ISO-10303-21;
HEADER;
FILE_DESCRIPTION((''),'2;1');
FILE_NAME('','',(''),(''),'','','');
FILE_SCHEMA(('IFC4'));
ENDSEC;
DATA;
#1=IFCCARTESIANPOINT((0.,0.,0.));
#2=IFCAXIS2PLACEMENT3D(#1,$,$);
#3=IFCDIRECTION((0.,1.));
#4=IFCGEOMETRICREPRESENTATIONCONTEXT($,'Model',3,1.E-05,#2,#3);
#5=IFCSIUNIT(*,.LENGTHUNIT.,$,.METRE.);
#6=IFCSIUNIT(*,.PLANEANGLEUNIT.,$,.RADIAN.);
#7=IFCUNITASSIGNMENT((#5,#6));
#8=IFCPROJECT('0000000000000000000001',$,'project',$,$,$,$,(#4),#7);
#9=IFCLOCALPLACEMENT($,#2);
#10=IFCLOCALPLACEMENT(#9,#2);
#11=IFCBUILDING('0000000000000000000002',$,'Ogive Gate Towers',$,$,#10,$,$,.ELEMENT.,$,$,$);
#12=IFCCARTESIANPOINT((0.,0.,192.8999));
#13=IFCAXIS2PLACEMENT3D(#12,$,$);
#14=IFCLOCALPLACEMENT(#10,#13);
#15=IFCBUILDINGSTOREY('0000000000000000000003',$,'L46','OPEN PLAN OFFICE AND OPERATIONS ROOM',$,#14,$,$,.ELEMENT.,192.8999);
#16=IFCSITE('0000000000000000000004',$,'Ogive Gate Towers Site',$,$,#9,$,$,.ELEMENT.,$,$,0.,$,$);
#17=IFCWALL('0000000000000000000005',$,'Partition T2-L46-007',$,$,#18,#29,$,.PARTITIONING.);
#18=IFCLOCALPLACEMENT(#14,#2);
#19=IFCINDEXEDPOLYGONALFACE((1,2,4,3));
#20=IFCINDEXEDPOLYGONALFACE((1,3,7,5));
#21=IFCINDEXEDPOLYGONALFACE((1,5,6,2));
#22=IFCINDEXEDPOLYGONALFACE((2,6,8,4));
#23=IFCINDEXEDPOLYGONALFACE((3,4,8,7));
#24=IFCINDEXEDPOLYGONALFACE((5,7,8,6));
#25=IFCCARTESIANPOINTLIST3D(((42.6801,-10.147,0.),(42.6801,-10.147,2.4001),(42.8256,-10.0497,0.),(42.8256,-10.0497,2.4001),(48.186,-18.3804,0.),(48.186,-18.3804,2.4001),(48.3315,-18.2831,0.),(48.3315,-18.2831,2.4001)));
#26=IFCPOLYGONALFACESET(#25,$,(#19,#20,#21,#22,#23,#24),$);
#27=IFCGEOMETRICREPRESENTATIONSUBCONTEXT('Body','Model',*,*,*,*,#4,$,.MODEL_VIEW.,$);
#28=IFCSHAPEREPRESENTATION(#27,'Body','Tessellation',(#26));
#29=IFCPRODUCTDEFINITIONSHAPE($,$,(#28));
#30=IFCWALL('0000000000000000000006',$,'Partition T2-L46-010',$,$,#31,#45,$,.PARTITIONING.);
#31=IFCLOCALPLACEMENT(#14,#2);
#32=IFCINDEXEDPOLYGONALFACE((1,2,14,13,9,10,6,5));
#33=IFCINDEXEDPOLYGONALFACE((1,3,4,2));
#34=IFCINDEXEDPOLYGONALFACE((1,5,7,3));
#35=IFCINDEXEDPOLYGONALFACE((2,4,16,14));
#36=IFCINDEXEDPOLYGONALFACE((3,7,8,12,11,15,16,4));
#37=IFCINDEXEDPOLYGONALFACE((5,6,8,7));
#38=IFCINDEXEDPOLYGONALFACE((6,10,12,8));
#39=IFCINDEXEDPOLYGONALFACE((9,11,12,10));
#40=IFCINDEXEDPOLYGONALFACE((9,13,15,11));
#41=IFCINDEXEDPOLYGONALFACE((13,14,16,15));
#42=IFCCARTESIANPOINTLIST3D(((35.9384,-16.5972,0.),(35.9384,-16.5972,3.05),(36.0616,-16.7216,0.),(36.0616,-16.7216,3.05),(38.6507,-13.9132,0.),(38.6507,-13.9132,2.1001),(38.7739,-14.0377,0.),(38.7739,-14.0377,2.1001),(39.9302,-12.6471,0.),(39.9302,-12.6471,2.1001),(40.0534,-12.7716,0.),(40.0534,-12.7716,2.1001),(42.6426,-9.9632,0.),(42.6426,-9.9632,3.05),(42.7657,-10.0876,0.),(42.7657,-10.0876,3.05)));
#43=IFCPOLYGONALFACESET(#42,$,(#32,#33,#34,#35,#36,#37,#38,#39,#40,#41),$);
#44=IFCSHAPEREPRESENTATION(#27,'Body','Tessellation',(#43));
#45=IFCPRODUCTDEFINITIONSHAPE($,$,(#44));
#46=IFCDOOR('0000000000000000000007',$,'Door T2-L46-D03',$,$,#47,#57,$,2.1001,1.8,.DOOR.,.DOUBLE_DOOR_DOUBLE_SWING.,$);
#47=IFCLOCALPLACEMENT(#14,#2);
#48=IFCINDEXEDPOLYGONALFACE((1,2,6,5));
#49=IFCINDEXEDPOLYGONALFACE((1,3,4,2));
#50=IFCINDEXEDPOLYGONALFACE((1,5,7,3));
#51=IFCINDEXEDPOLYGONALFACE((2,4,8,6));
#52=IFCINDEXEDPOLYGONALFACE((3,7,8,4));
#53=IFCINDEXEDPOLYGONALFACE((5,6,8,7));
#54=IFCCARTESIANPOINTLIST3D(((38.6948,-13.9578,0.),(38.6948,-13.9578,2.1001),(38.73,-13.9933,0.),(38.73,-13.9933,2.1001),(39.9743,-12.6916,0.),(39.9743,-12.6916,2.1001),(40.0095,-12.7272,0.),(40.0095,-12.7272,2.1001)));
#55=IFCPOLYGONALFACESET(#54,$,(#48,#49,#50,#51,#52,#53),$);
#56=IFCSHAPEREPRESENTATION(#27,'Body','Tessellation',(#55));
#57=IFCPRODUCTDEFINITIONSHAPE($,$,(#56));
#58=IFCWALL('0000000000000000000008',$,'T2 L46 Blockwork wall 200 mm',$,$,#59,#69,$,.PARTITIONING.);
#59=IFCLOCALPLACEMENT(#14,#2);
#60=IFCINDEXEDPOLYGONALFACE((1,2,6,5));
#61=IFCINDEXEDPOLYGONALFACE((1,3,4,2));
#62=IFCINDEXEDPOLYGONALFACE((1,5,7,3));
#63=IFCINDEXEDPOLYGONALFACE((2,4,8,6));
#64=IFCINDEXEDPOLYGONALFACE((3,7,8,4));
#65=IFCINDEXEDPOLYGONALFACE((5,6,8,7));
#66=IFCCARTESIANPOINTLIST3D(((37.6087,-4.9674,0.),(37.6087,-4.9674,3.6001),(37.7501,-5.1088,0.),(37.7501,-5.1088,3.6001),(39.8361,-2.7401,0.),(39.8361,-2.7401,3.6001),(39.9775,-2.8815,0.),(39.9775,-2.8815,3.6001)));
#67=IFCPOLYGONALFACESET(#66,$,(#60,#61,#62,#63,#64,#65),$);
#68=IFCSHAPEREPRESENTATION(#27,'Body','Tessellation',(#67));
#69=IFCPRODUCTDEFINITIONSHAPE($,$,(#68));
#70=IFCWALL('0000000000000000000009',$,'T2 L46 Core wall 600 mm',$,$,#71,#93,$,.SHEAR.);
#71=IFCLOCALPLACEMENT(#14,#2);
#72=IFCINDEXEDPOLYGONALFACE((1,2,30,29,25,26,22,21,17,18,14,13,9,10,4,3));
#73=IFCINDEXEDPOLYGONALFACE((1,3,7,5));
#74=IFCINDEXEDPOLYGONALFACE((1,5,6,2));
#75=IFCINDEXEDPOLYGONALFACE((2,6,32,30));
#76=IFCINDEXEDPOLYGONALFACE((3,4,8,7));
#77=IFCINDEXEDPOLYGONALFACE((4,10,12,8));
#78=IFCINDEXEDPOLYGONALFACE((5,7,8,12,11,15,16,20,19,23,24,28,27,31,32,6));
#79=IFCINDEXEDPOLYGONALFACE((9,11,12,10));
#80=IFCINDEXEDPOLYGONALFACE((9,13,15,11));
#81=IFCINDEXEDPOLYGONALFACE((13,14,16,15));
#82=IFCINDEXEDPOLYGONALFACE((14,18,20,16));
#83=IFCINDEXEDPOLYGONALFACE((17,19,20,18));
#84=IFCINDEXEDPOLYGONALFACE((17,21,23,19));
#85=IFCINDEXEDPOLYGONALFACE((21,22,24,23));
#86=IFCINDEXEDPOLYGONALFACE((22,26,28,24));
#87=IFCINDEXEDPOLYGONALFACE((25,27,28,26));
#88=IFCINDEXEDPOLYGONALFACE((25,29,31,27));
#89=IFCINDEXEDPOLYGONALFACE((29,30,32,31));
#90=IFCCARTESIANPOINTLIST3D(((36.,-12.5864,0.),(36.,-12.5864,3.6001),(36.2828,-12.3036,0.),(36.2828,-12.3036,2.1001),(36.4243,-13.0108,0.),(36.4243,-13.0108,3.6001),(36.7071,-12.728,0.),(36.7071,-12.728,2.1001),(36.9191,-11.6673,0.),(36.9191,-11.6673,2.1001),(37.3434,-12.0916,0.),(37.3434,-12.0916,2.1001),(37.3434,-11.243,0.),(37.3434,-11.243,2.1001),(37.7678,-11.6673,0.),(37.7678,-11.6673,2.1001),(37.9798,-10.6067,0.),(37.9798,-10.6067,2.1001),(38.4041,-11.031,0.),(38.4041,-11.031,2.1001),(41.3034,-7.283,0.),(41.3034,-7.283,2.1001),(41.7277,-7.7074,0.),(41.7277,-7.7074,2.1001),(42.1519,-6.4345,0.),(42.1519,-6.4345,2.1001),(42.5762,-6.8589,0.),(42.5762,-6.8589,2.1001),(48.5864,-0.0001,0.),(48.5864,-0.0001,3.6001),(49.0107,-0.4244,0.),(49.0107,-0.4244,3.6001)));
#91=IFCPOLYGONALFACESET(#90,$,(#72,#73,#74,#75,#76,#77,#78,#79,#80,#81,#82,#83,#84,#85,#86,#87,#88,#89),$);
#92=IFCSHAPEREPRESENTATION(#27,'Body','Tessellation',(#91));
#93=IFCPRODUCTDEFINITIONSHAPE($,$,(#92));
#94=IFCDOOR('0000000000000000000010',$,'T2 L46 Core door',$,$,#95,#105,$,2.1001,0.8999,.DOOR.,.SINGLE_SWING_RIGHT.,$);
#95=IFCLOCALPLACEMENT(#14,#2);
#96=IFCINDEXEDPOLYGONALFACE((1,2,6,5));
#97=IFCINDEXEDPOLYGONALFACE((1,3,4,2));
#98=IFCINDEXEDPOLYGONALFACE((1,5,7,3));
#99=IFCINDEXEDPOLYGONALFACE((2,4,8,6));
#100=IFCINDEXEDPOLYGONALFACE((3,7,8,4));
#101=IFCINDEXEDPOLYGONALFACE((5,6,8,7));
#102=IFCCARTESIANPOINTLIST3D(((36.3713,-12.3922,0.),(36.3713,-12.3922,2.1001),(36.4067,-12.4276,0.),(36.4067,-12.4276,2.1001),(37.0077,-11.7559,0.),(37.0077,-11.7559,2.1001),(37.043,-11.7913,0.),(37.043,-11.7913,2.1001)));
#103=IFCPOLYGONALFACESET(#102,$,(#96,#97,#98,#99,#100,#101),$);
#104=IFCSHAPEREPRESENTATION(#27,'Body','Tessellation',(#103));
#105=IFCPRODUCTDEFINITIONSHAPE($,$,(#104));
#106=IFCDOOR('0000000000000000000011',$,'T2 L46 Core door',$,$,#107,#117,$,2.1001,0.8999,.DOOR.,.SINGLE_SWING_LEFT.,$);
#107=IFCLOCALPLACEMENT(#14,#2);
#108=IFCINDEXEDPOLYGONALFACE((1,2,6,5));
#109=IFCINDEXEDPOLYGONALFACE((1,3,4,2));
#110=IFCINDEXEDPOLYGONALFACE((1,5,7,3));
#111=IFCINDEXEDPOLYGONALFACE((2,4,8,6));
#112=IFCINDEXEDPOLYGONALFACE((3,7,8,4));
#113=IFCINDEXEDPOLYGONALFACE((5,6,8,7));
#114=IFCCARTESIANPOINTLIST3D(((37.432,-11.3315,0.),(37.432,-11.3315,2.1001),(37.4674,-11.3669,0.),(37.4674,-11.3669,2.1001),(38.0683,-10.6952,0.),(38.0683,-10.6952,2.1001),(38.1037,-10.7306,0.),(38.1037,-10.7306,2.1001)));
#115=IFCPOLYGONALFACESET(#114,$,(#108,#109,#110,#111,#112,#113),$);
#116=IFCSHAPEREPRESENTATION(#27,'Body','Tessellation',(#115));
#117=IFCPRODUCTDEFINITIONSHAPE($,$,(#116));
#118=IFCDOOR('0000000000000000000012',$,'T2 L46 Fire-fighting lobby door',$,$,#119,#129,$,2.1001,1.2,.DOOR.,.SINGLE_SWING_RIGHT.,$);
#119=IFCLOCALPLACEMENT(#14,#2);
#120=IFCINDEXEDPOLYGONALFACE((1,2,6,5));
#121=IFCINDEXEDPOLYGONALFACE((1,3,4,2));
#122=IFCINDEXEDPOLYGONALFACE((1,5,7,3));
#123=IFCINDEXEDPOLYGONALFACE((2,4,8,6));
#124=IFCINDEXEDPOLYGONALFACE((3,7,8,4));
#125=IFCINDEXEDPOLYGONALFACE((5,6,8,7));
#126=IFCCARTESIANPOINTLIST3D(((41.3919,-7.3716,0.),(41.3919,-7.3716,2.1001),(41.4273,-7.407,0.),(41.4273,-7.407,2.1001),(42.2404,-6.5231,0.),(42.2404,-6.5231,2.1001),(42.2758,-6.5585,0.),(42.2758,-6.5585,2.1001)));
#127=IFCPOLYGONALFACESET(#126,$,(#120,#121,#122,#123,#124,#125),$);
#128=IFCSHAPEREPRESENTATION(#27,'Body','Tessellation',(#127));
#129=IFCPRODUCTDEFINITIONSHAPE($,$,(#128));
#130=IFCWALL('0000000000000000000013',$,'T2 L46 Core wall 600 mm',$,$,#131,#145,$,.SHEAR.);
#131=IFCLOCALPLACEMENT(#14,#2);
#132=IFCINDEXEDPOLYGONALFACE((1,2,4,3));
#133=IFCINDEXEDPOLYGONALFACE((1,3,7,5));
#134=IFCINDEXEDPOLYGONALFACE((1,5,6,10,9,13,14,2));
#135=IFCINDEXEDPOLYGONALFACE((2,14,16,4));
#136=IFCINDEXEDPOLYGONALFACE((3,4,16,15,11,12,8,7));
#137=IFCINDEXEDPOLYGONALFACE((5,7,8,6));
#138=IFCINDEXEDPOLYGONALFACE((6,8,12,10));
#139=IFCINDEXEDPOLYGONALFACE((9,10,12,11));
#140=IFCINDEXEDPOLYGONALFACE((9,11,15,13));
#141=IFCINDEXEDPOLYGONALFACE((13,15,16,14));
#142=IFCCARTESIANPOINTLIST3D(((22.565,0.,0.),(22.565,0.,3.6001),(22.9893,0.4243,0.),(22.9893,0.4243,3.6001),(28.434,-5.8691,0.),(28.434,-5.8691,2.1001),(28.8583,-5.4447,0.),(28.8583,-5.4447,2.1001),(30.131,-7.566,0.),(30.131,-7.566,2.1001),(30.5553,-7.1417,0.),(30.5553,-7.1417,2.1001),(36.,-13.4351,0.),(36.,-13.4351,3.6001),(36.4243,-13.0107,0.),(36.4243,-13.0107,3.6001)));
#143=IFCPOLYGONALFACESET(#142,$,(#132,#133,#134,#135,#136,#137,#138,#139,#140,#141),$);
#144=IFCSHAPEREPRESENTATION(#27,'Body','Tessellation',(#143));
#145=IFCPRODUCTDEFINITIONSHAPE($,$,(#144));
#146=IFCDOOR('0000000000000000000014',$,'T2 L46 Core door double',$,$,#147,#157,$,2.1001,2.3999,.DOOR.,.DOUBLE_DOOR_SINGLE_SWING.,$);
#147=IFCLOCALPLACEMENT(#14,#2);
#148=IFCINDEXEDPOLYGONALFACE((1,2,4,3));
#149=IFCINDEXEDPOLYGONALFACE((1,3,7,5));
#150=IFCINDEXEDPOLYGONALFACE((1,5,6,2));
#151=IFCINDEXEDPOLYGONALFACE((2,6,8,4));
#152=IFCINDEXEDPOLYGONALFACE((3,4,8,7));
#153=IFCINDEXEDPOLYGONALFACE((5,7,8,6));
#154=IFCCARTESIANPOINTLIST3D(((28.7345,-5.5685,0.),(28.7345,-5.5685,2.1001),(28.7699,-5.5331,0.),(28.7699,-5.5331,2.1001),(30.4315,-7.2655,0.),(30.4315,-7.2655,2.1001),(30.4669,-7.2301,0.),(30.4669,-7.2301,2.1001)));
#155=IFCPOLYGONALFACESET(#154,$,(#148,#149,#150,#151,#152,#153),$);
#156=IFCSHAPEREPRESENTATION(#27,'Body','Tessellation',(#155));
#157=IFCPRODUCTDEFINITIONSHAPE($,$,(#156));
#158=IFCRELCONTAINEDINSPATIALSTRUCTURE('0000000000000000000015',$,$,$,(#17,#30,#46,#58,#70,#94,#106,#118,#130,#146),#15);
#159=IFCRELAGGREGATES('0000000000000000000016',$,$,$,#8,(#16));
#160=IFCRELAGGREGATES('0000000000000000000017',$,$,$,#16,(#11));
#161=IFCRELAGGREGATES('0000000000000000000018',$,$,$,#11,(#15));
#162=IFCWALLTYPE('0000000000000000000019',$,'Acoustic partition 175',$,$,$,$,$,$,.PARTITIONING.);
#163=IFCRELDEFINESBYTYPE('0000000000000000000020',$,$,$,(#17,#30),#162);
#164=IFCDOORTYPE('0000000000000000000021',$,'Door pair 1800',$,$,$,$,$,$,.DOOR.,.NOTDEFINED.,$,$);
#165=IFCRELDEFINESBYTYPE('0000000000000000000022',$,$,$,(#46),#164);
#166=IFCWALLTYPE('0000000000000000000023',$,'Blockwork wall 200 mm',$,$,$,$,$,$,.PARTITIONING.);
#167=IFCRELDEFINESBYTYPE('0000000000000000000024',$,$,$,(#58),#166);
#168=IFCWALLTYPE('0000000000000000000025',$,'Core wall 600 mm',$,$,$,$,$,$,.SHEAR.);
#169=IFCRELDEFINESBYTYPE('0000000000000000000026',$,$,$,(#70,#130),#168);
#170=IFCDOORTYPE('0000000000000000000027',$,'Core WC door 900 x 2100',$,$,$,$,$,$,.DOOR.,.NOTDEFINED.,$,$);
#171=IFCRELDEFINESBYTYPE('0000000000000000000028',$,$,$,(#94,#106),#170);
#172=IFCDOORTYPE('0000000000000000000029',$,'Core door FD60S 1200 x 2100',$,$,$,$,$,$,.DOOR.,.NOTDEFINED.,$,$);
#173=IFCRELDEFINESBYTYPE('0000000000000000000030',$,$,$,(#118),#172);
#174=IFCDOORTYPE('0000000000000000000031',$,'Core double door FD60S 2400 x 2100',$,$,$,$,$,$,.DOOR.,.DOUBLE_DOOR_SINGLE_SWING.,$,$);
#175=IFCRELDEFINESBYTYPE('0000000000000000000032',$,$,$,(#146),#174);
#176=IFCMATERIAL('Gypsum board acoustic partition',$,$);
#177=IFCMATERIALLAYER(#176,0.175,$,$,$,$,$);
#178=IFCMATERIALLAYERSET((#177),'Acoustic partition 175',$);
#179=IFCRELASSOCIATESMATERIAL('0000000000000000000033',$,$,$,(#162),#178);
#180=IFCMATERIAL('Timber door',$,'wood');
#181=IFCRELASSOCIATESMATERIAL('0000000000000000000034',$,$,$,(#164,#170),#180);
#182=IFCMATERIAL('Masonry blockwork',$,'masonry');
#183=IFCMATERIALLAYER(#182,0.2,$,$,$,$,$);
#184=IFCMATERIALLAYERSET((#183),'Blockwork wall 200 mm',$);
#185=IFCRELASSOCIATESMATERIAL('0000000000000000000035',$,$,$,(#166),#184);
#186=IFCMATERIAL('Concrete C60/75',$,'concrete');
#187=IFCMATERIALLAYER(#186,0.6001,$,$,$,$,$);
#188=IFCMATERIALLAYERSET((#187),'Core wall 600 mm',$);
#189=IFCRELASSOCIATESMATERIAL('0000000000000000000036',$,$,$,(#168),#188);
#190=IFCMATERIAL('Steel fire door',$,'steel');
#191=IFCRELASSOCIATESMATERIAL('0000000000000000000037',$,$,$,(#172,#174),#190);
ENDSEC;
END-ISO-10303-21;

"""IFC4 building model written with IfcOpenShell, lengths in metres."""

from ifc_helpers import new_model, si_unit, direction, frame, frame_2d, origin, place, context, subcontext, project, spatial, rectangle, extrude, material, layer, layer_set, type_object, element, fill, save


model = new_model("IFC4")

# Units and contexts
model_context = context("Model", 3, precision=1e-05, world=origin(), true_north=direction((0.0, 1.0)))
body_context = subcontext(model_context, "Body", "Model", "MODEL_VIEW")
ifc_project = project(units=[si_unit("LENGTHUNIT", "METRE"), si_unit("PLANEANGLEUNIT", "RADIAN")], contexts=[model_context])

# Site, building, storey
site_placement = place(None, origin())
site = spatial("IfcSite", under=ifc_project, at=site_placement, Name="Ogive Gate Towers Site", CompositionType="ELEMENT", RefElevation=0.0)
building_placement = place(site_placement, origin())
building = spatial("IfcBuilding", under=site, at=building_placement, Name="Ogive Gate Towers", CompositionType="ELEMENT")
storey_placement = place(building_placement, frame((0.0, 0.0, 192.8999)))
storey = spatial("IfcBuildingStorey", under=building, at=storey_placement, Name="L46", Description="OPEN PLAN OFFICE AND OPERATIONS ROOM", CompositionType="ELEMENT", Elevation=192.8999)

# Wall
ifc_material_1 = material(Name="Gypsum board acoustic partition")
ifc_layer_1 = layer(ifc_material_1, 0.175)
ifc_layer_set_1 = layer_set([ifc_layer_1], Name="Acoustic partition 175")
wall_type_1 = type_object("IfcWallType", Name="Acoustic partition 175", PredefinedType="PARTITIONING", material=ifc_layer_set_1)
wall_1_placement = place(storey_placement, frame((48.2588, -18.3318, 0.0), z_axis=(0.0, 0.0, 1.0), x_axis=(-0.555883, 0.831261, 0.0)))
element("IfcWall", 1, at=wall_1_placement, inside=storey, type_object=wall_type_1, Name="Partition T2-L46-007", PredefinedType="PARTITIONING", context=body_context, shape_type="SweptSolid", body=[
    extrude(rectangle(XDim=9.9048, YDim=0.175, at=frame_2d((4.9524, 0.0))), origin(), (0.0, 0.0, 1.0), 2.4001),
])

# Wall, opening, door
wall_2_placement = place(storey_placement, frame((36.0, -16.6594, 0.0), z_axis=(0.0, 0.0, 1.0), x_axis=(0.710812, 0.703382, 0.0)))
wall_2 = element("IfcWall", 2, at=wall_2_placement, inside=storey, type_object=wall_type_1, Name="Partition T2-L46-010", PredefinedType="PARTITIONING", context=body_context, shape_type="SweptSolid", body=[
    extrude(rectangle(XDim=9.4316, YDim=0.175, at=frame_2d((4.7158, 0.0))), origin(), (0.0, 0.0, 1.0), 3.05),
])
opening_1_placement = place(wall_2_placement, frame((3.8159, 0.0, 0.0)))
opening_1 = element("IfcOpeningElement", 3, at=opening_1_placement, cuts=wall_2, PredefinedType="OPENING", context=body_context, shape_type="SweptSolid", body=[
    extrude(rectangle(XDim=1.8, YDim=2.1001, at=frame_2d((0.8999, 1.05))), frame((0.0, 0.0977, 0.0), z_axis=(0.0, -1.0, 0.0), x_axis=(1.0, 0.0, 0.0)), (0.0, 0.0, 1.0), 0.1951),
])
ifc_material_2 = material(Name="Timber door", Category="wood")
door_type_1 = type_object("IfcDoorType", Name="Door pair 1800", OperationType="NOTDEFINED", PredefinedType="DOOR", material=ifc_material_2)
door_1_placement = place(opening_1_placement, origin())
door_1 = element("IfcDoor", 4, at=door_1_placement, inside=storey, type_object=door_type_1, Name="Door T2-L46-D03", OperationType="DOUBLE_DOOR_DOUBLE_SWING", OverallHeight=2.1001, OverallWidth=1.8, PredefinedType="DOOR", context=body_context, shape_type="SweptSolid", body=[
    extrude(rectangle(XDim=1.8, YDim=2.1001, at=frame_2d((0.8999, 1.05))), frame((0.0, 0.0249, 0.0), z_axis=(0.0, -1.0, 0.0), x_axis=(1.0, 0.0, 0.0)), (0.0, 0.0, 1.0), 0.05),
])
fill(opening_1, door_1)

# Wall
ifc_material_3 = material(Name="Masonry blockwork", Category="masonry")
ifc_layer_2 = layer(ifc_material_3, 0.2)
ifc_layer_set_2 = layer_set([ifc_layer_2], Name="Blockwork wall 200 mm")
wall_type_2 = type_object("IfcWallType", Name="Blockwork wall 200 mm", PredefinedType="PARTITIONING", material=ifc_layer_set_2)
wall_3_placement = place(storey_placement, frame((37.6794, -5.0381, 0.0), z_axis=(0.0, 0.0, 1.0), x_axis=(0.707107, 0.707107, 0.0)))
element("IfcWall", 5, at=wall_3_placement, inside=storey, type_object=wall_type_2, Name="T2 L46 Blockwork wall 200 mm", PredefinedType="PARTITIONING", context=body_context, shape_type="SweptSolid", body=[
    extrude(rectangle(XDim=3.1499, YDim=0.2, at=frame_2d((1.575, 0.0))), origin(), (0.0, 0.0, 1.0), 3.6001),
])

# Wall, openings, doors
ifc_material_4 = material(Name="Concrete C60/75", Category="concrete")
ifc_layer_3 = layer(ifc_material_4, 0.6001)
ifc_layer_set_3 = layer_set([ifc_layer_3], Name="Core wall 600 mm")
wall_type_3 = type_object("IfcWallType", Name="Core wall 600 mm", PredefinedType="SHEAR", material=ifc_layer_set_3)
wall_4_placement = place(storey_placement, frame((36.2122, -12.7986, 0.0), z_axis=(0.0, 0.0, 1.0), x_axis=(0.707107, 0.707107, 0.0)))
wall_4 = element("IfcWall", 6, at=wall_4_placement, inside=storey, type_object=wall_type_3, Name="T2 L46 Core wall 600 mm", PredefinedType="SHEAR", context=body_context, shape_type="SweptSolid", body=[
    extrude(rectangle(XDim=17.7998, YDim=0.6001, at=frame_2d((8.8999, 0.0))), origin(), (0.0, 0.0, 1.0), 3.6001),
])
opening_2_placement = place(wall_4_placement, frame((7.5, 0.0, 0.0)))
opening_2 = element("IfcOpeningElement", 7, at=opening_2_placement, cuts=wall_4, PredefinedType="OPENING", context=body_context, shape_type="SweptSolid", body=[
    extrude(rectangle(XDim=1.2, YDim=2.1001, at=frame_2d((0.6001, 1.05))), frame((0.0, 0.3101, 0.0), z_axis=(0.0, -1.0, 0.0), x_axis=(1.0, 0.0, 0.0)), (0.0, 0.0, 1.0), 0.6201),
])
opening_3_placement = place(wall_4_placement, frame((0.3999, 0.0, 0.0)))
opening_3 = element("IfcOpeningElement", 8, at=opening_3_placement, cuts=wall_4, PredefinedType="OPENING", context=body_context, shape_type="SweptSolid", body=[
    extrude(rectangle(XDim=0.8999, YDim=2.1001, at=frame_2d((0.45, 1.05))), frame((0.0, 0.3101, 0.0), z_axis=(0.0, -1.0, 0.0), x_axis=(1.0, 0.0, 0.0)), (0.0, 0.0, 1.0), 0.6201),
])
opening_4_placement = place(wall_4_placement, frame((1.8999, 0.0, 0.0)))
opening_4 = element("IfcOpeningElement", 9, at=opening_4_placement, cuts=wall_4, PredefinedType="OPENING", context=body_context, shape_type="SweptSolid", body=[
    extrude(rectangle(XDim=0.8999, YDim=2.1001, at=frame_2d((0.45, 1.05))), frame((0.0, 0.3101, 0.0), z_axis=(0.0, -1.0, 0.0), x_axis=(1.0, 0.0, 0.0)), (0.0, 0.0, 1.0), 0.6201),
])
door_type_2 = type_object("IfcDoorType", Name="Core WC door 900 x 2100", OperationType="NOTDEFINED", PredefinedType="DOOR", material=ifc_material_2)
door_2_placement = place(opening_3_placement, origin())
door_2 = element("IfcDoor", 10, at=door_2_placement, inside=storey, type_object=door_type_2, Name="T2 L46 Core door", OperationType="SINGLE_SWING_RIGHT", OverallHeight=2.1001, OverallWidth=0.8999, PredefinedType="DOOR", context=body_context, shape_type="SweptSolid", body=[
    extrude(rectangle(XDim=0.8999, YDim=2.1001, at=frame_2d((0.45, 1.05))), frame((0.0, 0.1748, 0.0), z_axis=(0.0, -1.0, 0.0), x_axis=(1.0, 0.0, 0.0)), (0.0, 0.0, 1.0), 0.05),
])
fill(opening_3, door_2)
door_3_placement = place(opening_4_placement, origin())
door_3 = element("IfcDoor", 11, at=door_3_placement, inside=storey, type_object=door_type_2, Name="T2 L46 Core door", OperationType="SINGLE_SWING_LEFT", OverallHeight=2.1001, OverallWidth=0.8999, PredefinedType="DOOR", context=body_context, shape_type="SweptSolid", body=[
    extrude(rectangle(XDim=0.8999, YDim=2.1001, at=frame_2d((0.45, 1.05))), frame((0.0, 0.1748, 0.0), z_axis=(0.0, -1.0, 0.0), x_axis=(1.0, 0.0, 0.0)), (0.0, 0.0, 1.0), 0.05),
])
fill(opening_4, door_3)
ifc_material_5 = material(Name="Steel fire door", Category="steel")
door_type_3 = type_object("IfcDoorType", Name="Core door FD60S 1200 x 2100", OperationType="NOTDEFINED", PredefinedType="DOOR", material=ifc_material_5)
door_4_placement = place(opening_2_placement, origin())
door_4 = element("IfcDoor", 12, at=door_4_placement, inside=storey, type_object=door_type_3, Name="T2 L46 Fire-fighting lobby door", OperationType="SINGLE_SWING_RIGHT", OverallHeight=2.1001, OverallWidth=1.2, PredefinedType="DOOR", context=body_context, shape_type="SweptSolid", body=[
    extrude(rectangle(XDim=1.2, YDim=2.1001, at=frame_2d((0.6001, 1.05))), frame((0.0, 0.1748, 0.0), z_axis=(0.0, -1.0, 0.0), x_axis=(1.0, 0.0, 0.0)), (0.0, 0.0, 1.0), 0.05),
])
fill(opening_2, door_4)

# Wall, opening, door
wall_5_placement = place(storey_placement, frame((36.2122, -13.2229, 0.0), z_axis=(0.0, 0.0, 1.0), x_axis=(-0.707107, 0.707107, 0.0)))
wall_5 = element("IfcWall", 13, at=wall_5_placement, inside=storey, type_object=wall_type_3, Name="T2 L46 Core wall 600 mm", PredefinedType="SHEAR", context=body_context, shape_type="SweptSolid", body=[
    extrude(rectangle(XDim=19.0, YDim=0.6001, at=frame_2d((9.5, 0.0))), origin(), (0.0, 0.0, 1.0), 3.6001),
])
opening_5_placement = place(wall_5_placement, frame((8.3, 0.0, 0.0)))
opening_5 = element("IfcOpeningElement", 14, at=opening_5_placement, cuts=wall_5, PredefinedType="OPENING", context=body_context, shape_type="SweptSolid", body=[
    extrude(rectangle(XDim=2.3999, YDim=2.1001, at=frame_2d((1.2, 1.05))), frame((0.0, 0.3101, 0.0), z_axis=(0.0, -1.0, 0.0), x_axis=(1.0, 0.0, 0.0)), (0.0, 0.0, 1.0), 0.6201),
])
door_type_4 = type_object("IfcDoorType", Name="Core double door FD60S 2400 x 2100", OperationType="DOUBLE_DOOR_SINGLE_SWING", PredefinedType="DOOR", material=ifc_material_5)
door_5_placement = place(opening_5_placement, origin())
door_5 = element("IfcDoor", 15, at=door_5_placement, inside=storey, type_object=door_type_4, Name="T2 L46 Core door double", OperationType="DOUBLE_DOOR_SINGLE_SWING", OverallHeight=2.1001, OverallWidth=2.3999, PredefinedType="DOOR", context=body_context, shape_type="SweptSolid", body=[
    extrude(rectangle(XDim=2.3999, YDim=2.1001, at=frame_2d((1.2, 1.05))), frame((0.0, -0.125, 0.0), z_axis=(0.0, -1.0, 0.0), x_axis=(1.0, 0.0, 0.0)), (0.0, 0.0, 1.0), 0.05),
])
fill(opening_5, door_5)

save(model, "model.ifc")
